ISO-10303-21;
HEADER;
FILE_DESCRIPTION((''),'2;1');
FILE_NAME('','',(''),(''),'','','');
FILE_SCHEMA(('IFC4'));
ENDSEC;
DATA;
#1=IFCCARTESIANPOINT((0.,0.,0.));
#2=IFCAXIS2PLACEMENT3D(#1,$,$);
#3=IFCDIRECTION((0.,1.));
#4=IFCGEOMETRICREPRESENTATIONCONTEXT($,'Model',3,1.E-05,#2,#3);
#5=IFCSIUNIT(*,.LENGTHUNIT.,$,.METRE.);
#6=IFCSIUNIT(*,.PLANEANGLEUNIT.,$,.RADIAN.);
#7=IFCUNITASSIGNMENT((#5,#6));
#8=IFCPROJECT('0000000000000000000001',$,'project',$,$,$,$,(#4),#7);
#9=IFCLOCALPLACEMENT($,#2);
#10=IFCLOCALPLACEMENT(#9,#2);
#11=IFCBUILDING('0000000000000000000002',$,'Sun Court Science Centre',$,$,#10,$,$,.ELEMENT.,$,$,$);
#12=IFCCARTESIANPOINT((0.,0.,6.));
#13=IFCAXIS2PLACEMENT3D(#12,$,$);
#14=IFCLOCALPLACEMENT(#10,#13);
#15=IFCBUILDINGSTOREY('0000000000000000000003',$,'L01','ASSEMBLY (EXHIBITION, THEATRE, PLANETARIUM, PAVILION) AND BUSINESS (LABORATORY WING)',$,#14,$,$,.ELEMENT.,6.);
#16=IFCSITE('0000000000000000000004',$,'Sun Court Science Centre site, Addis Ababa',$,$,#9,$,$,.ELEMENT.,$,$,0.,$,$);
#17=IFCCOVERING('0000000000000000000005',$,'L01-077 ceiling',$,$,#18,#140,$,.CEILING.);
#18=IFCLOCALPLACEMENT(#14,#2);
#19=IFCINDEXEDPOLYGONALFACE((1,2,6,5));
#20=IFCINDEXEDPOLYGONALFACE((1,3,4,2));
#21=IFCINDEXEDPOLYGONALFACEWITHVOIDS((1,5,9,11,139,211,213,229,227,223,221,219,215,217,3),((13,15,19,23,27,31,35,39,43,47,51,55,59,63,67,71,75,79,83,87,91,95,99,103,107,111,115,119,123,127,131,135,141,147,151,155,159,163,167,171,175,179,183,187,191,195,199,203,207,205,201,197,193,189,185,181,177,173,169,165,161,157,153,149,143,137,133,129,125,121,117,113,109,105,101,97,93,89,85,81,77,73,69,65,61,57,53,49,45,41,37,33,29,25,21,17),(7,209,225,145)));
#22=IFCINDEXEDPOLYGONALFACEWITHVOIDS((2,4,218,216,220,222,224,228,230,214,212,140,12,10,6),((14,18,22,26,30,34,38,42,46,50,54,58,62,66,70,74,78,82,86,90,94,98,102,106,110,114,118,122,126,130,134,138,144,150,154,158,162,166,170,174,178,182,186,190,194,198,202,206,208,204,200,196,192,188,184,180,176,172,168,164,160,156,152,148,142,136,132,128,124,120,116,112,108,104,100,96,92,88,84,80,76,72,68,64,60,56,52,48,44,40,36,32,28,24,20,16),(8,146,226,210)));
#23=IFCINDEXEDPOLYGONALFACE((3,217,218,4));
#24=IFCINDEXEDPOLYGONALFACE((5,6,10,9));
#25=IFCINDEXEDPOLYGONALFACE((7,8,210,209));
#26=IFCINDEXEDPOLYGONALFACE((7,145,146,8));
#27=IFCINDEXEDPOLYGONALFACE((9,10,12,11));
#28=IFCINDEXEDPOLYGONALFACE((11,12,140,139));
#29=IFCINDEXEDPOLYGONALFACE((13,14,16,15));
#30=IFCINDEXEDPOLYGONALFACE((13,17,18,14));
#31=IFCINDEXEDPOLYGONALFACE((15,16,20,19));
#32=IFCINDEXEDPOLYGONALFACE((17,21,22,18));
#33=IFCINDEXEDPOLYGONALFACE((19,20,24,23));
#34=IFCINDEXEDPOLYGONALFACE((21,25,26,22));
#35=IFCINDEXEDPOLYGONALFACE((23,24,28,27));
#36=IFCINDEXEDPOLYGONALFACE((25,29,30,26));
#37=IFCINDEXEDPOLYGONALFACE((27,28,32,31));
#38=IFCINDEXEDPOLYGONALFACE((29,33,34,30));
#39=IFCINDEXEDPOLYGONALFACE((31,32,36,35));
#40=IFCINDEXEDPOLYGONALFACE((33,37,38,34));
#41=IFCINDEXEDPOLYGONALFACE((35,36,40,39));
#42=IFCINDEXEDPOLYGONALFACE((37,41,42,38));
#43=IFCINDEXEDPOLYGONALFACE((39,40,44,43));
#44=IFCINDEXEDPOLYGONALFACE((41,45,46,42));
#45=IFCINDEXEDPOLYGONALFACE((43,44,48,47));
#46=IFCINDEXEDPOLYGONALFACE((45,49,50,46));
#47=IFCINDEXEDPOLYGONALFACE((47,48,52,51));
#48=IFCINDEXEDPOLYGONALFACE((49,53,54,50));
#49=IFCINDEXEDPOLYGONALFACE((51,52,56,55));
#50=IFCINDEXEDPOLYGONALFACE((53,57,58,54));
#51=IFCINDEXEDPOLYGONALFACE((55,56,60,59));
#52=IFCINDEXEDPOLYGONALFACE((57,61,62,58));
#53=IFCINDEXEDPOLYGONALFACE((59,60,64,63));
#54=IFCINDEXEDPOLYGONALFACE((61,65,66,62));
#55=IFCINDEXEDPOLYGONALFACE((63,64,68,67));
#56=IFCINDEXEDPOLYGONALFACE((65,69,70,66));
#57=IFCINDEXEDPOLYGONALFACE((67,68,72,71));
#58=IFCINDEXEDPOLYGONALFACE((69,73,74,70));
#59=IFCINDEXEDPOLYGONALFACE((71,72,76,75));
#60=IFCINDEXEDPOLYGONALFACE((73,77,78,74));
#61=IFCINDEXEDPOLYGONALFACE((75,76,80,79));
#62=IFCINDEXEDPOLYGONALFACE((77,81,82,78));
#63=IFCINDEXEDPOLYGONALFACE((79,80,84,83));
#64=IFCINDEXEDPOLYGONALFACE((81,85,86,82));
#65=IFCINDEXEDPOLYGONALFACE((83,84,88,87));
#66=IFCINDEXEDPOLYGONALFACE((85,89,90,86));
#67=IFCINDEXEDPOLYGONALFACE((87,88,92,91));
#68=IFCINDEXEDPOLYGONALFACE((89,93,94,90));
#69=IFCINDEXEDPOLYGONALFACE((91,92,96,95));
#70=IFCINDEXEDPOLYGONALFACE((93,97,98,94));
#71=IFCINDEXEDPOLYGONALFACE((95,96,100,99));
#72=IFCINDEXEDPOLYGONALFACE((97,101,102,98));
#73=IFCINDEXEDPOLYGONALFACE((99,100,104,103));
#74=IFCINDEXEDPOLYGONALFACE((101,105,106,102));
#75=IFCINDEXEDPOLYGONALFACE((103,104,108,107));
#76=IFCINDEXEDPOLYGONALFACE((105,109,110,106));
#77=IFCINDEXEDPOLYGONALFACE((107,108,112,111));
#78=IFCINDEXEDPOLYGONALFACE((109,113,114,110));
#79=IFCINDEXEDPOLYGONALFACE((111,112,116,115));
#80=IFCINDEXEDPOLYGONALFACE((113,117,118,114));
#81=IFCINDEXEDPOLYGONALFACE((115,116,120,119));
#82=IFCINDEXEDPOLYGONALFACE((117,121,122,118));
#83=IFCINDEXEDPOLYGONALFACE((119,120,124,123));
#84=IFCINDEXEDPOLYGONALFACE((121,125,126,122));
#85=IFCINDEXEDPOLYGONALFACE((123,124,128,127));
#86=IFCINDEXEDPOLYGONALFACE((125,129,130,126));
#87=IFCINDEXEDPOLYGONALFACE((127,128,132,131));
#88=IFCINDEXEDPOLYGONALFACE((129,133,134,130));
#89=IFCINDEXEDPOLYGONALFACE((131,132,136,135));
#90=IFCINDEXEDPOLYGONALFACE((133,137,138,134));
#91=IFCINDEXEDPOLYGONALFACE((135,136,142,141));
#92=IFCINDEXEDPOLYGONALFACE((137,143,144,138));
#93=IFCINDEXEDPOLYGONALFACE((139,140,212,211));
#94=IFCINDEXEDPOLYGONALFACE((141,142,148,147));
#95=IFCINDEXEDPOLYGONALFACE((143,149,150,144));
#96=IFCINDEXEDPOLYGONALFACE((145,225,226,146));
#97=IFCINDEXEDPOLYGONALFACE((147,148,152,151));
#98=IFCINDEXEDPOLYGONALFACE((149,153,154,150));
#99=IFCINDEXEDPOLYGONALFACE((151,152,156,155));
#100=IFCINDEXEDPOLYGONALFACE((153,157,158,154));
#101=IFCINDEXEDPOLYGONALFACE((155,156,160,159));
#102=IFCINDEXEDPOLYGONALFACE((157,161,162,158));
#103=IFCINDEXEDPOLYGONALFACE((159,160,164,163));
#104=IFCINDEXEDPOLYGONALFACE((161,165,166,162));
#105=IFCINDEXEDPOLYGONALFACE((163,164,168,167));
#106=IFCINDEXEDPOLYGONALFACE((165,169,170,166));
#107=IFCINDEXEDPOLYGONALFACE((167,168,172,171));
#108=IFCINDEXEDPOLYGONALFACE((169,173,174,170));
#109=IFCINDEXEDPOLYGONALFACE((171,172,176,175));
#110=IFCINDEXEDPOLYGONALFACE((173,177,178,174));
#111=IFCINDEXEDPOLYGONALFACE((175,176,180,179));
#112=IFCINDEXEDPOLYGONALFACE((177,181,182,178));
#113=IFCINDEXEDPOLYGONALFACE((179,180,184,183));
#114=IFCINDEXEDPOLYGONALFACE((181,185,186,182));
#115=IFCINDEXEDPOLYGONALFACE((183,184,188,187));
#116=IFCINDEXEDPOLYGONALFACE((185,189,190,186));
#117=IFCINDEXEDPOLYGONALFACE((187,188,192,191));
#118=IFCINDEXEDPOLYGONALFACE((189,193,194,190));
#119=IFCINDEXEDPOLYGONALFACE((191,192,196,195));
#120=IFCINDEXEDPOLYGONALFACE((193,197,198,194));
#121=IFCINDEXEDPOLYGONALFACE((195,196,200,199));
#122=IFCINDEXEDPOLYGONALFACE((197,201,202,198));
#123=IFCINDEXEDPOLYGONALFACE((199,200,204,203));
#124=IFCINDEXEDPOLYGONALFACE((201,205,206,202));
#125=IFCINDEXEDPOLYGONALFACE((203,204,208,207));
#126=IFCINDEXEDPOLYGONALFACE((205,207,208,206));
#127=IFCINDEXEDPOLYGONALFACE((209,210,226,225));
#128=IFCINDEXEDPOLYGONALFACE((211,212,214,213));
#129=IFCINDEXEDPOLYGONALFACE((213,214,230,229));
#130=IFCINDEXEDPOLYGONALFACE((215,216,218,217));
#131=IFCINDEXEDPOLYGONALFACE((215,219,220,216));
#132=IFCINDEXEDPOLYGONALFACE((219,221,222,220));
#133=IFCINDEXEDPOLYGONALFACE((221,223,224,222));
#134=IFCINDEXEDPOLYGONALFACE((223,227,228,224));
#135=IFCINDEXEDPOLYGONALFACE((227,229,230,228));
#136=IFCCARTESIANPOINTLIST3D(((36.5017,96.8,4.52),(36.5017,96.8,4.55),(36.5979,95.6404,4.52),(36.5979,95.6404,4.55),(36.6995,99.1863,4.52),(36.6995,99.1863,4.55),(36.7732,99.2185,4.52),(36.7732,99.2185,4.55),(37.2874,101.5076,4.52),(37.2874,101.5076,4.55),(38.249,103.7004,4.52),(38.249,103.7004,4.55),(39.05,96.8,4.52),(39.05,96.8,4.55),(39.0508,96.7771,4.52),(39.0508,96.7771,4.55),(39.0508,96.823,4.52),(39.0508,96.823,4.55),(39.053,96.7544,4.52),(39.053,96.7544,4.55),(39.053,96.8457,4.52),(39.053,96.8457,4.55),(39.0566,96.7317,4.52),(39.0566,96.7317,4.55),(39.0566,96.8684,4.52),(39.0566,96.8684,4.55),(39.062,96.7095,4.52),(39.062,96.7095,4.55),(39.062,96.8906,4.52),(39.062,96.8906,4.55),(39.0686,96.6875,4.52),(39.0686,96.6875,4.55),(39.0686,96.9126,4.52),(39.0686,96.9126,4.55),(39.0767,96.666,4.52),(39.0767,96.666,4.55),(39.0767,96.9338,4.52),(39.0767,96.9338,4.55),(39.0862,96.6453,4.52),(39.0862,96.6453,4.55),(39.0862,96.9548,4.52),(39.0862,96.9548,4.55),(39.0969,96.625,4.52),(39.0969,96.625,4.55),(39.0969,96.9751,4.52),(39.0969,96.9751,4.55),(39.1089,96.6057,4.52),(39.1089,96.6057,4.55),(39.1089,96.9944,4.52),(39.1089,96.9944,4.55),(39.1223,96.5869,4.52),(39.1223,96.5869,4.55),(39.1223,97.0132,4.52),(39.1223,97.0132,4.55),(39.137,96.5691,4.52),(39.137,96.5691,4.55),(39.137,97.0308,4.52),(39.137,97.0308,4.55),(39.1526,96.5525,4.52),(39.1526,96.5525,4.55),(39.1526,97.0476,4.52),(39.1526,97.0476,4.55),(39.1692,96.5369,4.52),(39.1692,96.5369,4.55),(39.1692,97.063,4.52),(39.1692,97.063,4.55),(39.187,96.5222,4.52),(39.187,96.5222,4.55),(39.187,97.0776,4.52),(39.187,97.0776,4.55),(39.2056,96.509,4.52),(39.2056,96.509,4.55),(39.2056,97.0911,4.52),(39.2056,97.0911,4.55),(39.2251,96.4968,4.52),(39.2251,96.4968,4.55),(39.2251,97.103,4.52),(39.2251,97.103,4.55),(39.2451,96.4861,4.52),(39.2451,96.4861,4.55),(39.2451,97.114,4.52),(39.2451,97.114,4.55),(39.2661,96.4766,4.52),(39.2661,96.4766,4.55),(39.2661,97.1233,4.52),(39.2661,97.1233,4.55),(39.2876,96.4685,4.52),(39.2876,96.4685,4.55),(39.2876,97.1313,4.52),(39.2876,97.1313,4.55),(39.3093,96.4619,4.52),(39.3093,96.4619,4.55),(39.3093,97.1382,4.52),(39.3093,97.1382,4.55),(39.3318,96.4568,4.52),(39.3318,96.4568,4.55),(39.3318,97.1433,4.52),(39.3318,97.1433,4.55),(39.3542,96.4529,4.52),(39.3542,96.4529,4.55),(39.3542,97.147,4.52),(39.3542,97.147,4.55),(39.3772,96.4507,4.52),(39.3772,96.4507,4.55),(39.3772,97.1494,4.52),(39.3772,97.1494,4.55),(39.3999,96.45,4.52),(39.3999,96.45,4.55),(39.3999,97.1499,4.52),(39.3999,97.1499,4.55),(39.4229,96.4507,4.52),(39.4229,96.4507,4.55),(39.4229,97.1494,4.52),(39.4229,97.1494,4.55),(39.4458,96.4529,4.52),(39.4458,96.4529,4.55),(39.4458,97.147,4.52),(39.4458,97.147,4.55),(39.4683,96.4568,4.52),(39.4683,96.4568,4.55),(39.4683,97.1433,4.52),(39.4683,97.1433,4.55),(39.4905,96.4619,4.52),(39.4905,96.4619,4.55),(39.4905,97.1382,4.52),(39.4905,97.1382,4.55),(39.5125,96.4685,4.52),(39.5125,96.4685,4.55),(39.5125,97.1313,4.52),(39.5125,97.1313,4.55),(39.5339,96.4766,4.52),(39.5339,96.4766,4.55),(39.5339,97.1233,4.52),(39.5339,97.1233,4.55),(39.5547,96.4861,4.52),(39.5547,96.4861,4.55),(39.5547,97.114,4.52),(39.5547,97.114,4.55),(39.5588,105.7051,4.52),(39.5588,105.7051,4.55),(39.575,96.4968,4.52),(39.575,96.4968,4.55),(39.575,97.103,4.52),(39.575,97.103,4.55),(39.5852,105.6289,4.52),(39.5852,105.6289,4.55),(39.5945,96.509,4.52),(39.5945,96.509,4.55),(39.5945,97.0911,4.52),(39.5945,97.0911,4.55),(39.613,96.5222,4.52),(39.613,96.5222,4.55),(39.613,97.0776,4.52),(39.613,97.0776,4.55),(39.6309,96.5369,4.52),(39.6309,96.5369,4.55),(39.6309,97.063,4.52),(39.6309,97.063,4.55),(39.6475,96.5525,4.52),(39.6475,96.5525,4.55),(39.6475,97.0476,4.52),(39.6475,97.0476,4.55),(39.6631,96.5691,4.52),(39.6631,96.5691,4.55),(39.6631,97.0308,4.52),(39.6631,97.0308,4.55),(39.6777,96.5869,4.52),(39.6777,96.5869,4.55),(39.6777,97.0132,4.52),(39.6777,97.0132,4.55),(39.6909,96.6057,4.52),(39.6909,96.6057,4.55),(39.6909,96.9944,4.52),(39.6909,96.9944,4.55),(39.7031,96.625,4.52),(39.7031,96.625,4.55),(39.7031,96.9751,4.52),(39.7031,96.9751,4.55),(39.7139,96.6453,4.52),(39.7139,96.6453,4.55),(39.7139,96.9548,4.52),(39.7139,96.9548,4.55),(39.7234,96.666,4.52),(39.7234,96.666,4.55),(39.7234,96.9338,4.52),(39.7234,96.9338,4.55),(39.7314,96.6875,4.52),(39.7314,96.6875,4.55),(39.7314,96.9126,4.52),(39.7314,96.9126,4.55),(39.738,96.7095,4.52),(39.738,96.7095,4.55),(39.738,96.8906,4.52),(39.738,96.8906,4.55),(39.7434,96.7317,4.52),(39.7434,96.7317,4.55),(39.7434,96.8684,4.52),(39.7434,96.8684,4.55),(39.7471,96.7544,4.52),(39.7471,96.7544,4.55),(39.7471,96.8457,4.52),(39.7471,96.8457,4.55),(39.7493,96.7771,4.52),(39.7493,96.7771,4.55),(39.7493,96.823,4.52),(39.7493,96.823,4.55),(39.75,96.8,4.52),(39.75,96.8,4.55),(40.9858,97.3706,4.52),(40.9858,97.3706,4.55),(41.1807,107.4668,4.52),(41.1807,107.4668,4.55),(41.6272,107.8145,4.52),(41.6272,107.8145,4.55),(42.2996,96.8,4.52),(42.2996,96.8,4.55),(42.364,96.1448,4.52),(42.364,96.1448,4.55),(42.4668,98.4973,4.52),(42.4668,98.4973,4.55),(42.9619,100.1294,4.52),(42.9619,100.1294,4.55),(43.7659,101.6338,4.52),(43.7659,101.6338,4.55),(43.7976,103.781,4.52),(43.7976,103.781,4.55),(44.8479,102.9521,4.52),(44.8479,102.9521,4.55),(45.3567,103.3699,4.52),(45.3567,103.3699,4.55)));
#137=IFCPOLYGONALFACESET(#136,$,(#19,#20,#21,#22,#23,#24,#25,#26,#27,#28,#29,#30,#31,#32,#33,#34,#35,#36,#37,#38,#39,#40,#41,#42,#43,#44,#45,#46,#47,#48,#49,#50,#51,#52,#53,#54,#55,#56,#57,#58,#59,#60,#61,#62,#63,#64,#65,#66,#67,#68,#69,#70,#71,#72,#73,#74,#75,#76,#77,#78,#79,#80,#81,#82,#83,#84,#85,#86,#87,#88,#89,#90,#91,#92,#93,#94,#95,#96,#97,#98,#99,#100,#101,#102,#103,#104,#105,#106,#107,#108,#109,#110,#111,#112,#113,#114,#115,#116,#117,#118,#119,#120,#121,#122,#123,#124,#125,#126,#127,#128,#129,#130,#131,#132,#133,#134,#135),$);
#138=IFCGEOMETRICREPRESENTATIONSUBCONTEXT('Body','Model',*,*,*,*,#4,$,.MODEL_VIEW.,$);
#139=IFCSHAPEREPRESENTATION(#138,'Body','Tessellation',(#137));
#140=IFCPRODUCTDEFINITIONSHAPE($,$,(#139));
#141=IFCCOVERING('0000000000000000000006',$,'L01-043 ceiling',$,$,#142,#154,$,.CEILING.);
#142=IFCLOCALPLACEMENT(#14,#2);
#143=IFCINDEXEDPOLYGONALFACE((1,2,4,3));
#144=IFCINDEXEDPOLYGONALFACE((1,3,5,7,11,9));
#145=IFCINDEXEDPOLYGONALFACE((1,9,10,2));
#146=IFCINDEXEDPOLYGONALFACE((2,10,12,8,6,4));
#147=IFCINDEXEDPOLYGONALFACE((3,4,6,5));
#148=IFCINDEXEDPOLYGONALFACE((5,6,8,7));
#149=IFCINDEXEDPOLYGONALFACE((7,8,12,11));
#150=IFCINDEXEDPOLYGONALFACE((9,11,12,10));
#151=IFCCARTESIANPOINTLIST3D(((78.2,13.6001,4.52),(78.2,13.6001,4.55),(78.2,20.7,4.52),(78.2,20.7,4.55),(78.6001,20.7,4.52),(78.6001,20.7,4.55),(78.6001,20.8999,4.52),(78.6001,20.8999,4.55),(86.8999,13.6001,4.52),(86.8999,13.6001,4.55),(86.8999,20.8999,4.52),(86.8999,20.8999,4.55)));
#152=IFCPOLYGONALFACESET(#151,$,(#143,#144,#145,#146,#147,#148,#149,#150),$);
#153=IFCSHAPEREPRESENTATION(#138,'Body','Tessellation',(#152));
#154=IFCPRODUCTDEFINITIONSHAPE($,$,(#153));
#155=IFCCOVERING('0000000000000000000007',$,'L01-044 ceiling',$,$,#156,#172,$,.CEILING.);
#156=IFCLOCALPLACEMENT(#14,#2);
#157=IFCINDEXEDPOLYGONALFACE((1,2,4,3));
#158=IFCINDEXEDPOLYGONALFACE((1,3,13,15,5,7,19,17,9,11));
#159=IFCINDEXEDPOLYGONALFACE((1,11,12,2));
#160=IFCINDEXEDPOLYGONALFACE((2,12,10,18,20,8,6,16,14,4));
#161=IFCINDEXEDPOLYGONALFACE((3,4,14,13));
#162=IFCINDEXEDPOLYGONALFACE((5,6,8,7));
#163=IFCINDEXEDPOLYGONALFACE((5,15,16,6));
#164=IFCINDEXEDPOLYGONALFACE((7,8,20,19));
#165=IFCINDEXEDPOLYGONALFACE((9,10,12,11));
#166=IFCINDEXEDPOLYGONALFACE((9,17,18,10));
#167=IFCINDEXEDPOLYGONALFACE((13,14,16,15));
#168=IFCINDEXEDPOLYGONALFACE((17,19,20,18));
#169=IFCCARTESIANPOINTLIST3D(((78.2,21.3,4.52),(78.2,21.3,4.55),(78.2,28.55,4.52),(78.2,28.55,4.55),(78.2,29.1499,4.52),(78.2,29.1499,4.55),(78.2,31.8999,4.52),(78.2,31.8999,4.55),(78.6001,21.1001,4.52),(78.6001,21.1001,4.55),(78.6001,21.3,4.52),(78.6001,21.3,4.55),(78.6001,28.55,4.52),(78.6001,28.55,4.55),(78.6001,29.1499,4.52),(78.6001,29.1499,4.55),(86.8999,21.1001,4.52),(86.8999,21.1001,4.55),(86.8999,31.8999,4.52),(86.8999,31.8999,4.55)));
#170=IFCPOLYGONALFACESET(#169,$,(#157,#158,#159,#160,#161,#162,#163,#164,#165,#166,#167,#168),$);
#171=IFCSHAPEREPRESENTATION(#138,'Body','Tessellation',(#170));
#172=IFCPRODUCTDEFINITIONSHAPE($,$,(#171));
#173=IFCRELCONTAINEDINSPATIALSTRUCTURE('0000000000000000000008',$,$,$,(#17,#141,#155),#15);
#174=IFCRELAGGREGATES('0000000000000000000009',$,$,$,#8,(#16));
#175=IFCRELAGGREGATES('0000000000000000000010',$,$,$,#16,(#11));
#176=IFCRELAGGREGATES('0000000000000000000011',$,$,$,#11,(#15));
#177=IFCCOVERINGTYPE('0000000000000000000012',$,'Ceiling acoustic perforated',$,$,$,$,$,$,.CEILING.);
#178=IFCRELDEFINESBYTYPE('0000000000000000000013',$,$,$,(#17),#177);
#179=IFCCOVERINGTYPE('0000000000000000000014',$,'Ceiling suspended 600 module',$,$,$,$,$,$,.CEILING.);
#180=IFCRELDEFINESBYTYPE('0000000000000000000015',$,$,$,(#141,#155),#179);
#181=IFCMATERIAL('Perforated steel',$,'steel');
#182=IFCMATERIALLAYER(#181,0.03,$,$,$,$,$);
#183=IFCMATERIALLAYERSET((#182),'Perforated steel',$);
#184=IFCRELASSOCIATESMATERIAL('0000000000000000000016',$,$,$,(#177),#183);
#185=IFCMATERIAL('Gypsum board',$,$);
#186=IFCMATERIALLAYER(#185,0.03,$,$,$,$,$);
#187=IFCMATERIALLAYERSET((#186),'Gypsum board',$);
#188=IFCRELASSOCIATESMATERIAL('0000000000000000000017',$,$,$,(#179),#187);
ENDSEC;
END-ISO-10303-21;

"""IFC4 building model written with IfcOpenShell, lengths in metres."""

from ifc_helpers import new_model, si_unit, direction, frame, origin, place, context, subcontext, project, spatial, polyline, outline, extrude, material, layer, layer_set, type_object, element, save


model = new_model("IFC4")

# Units and contexts
model_context = context("Model", 3, precision=1e-05, world=origin(), true_north=direction((0.0, 1.0)))
body_context = subcontext(model_context, "Body", "Model", "MODEL_VIEW")
ifc_project = project(units=[si_unit("LENGTHUNIT", "METRE"), si_unit("PLANEANGLEUNIT", "RADIAN")], contexts=[model_context])

# Site, building, storey
site_placement = place(None, origin())
site = spatial("IfcSite", under=ifc_project, at=site_placement, Name="Sun Court Science Centre site, Addis Ababa", CompositionType="ELEMENT", RefElevation=0.0)
building_placement = place(site_placement, origin())
building = spatial("IfcBuilding", under=site, at=building_placement, Name="Sun Court Science Centre", CompositionType="ELEMENT")
storey_placement = place(building_placement, frame((0.0, 0.0, 6.0)))
storey = spatial("IfcBuildingStorey", under=building, at=storey_placement, Name="L01", Description="ASSEMBLY (EXHIBITION, THEATRE, PLANETARIUM, PAVILION) AND BUSINESS (LABORATORY WING)", CompositionType="ELEMENT", Elevation=6.0)

# Coverings
ifc_material_1 = material(Name="Perforated steel", Category="steel")
ifc_layer_1 = layer(ifc_material_1, 0.03)
ifc_layer_set_1 = layer_set([ifc_layer_1], Name="Perforated steel")
covering_type_1 = type_object("IfcCoveringType", Name="Ceiling acoustic perforated", PredefinedType="CEILING", material=ifc_layer_set_1)
covering_1_placement = place(storey_placement, frame((0.0, 0.0, 4.52)))
element("IfcCovering", 1, at=covering_1_placement, inside=storey, type_object=covering_type_1, Name="L01-077 ceiling", PredefinedType="CEILING", context=body_context, shape_type="SweptSolid", body=[
    extrude(outline(polyline([(37.2874, 101.5076), (38.249, 103.7004), (39.5588, 105.7051), (41.1807, 107.4668), (41.6272, 107.8145), (45.3567, 103.3699), (44.8479, 102.9521), (43.7659, 101.6338), (42.9619, 100.1294), (42.4668, 98.4973), (42.2996, 96.8), (42.364, 96.1448), (36.5979, 95.6404), (36.5017, 96.8), (36.6995, 99.1863), (37.2874, 101.5076)]), holes=[polyline([(36.7732, 99.2185), (40.9858, 97.3706), (43.7976, 103.781), (39.5852, 105.6289), (36.7732, 99.2185)]), polyline([(39.738, 96.7095), (39.7434, 96.7317), (39.7471, 96.7544), (39.7493, 96.7771), (39.75, 96.8), (39.7493, 96.823), (39.7471, 96.8457), (39.7434, 96.8684), (39.738, 96.8906), (39.7314, 96.9126), (39.7234, 96.9338), (39.7139, 96.9548), (39.7031, 96.9751), (39.6909, 96.9944), (39.6777, 97.0132), (39.6631, 97.0308), (39.6475, 97.0476), (39.6309, 97.063), (39.613, 97.0776), (39.5945, 97.0911), (39.575, 97.103), (39.5547, 97.114), (39.5339, 97.1233), (39.5125, 97.1313), (39.4905, 97.1382), (39.4683, 97.1433), (39.4458, 97.147), (39.4229, 97.1494), (39.3999, 97.1499), (39.3772, 97.1494), (39.3542, 97.147), (39.3318, 97.1433), (39.3093, 97.1382), (39.2876, 97.1313), (39.2661, 97.1233), (39.2451, 97.114), (39.2251, 97.103), (39.2056, 97.0911), (39.187, 97.0776), (39.1692, 97.063), (39.1526, 97.0476), (39.137, 97.0308), (39.1223, 97.0132), (39.1089, 96.9944), (39.0969, 96.9751), (39.0862, 96.9548), (39.0767, 96.9338), (39.0686, 96.9126), (39.062, 96.8906), (39.0566, 96.8684), (39.053, 96.8457), (39.0508, 96.823), (39.05, 96.8), (39.0508, 96.7771), (39.053, 96.7544), (39.0566, 96.7317), (39.062, 96.7095), (39.0686, 96.6875), (39.0767, 96.666), (39.0862, 96.6453), (39.0969, 96.625), (39.1089, 96.6057), (39.1223, 96.5869), (39.137, 96.5691), (39.1526, 96.5525), (39.1692, 96.5369), (39.187, 96.5222), (39.2056, 96.509), (39.2251, 96.4968), (39.2451, 96.4861), (39.2661, 96.4766), (39.2876, 96.4685), (39.3093, 96.4619), (39.3318, 96.4568), (39.3542, 96.4529), (39.3772, 96.4507), (39.3999, 96.45), (39.4229, 96.4507), (39.4458, 96.4529), (39.4683, 96.4568), (39.4905, 96.4619), (39.5125, 96.4685), (39.5339, 96.4766), (39.5547, 96.4861), (39.575, 96.4968), (39.5945, 96.509), (39.613, 96.5222), (39.6309, 96.5369), (39.6475, 96.5525), (39.6631, 96.5691), (39.6777, 96.5869), (39.6909, 96.6057), (39.7031, 96.625), (39.7139, 96.6453), (39.7234, 96.666), (39.7314, 96.6875), (39.738, 96.7095)])]), origin(), (0.0, 0.0, 1.0), 0.03),
])
ifc_material_2 = material(Name="Gypsum board")
ifc_layer_2 = layer(ifc_material_2, 0.03)
ifc_layer_set_2 = layer_set([ifc_layer_2], Name="Gypsum board")
covering_type_2 = type_object("IfcCoveringType", Name="Ceiling suspended 600 module", PredefinedType="CEILING", material=ifc_layer_set_2)
covering_2_placement = place(storey_placement, frame((0.0, 0.0, 4.52)))
element("IfcCovering", 2, at=covering_2_placement, inside=storey, type_object=covering_type_2, Name="L01-043 ceiling", PredefinedType="CEILING", context=body_context, shape_type="SweptSolid", body=[
    extrude(outline(polyline([(78.6001, 20.8999), (86.8999, 20.8999), (86.8999, 13.6001), (78.2, 13.6001), (78.2, 20.7), (78.6001, 20.7), (78.6001, 20.8999)])), origin(), (0.0, 0.0, 1.0), 0.03),
])
covering_3_placement = place(storey_placement, frame((0.0, 0.0, 4.52)))
element("IfcCovering", 3, at=covering_3_placement, inside=storey, type_object=covering_type_2, Name="L01-044 ceiling", PredefinedType="CEILING", context=body_context, shape_type="SweptSolid", body=[
    extrude(outline(polyline([(78.2, 31.8999), (86.8999, 31.8999), (86.8999, 21.1001), (78.6001, 21.1001), (78.6001, 21.3), (78.2, 21.3), (78.2, 28.55), (78.6001, 28.55), (78.6001, 29.1499), (78.2, 29.1499), (78.2, 31.8999)])), origin(), (0.0, 0.0, 1.0), 0.03),
])

save(model, "model.ifc")
